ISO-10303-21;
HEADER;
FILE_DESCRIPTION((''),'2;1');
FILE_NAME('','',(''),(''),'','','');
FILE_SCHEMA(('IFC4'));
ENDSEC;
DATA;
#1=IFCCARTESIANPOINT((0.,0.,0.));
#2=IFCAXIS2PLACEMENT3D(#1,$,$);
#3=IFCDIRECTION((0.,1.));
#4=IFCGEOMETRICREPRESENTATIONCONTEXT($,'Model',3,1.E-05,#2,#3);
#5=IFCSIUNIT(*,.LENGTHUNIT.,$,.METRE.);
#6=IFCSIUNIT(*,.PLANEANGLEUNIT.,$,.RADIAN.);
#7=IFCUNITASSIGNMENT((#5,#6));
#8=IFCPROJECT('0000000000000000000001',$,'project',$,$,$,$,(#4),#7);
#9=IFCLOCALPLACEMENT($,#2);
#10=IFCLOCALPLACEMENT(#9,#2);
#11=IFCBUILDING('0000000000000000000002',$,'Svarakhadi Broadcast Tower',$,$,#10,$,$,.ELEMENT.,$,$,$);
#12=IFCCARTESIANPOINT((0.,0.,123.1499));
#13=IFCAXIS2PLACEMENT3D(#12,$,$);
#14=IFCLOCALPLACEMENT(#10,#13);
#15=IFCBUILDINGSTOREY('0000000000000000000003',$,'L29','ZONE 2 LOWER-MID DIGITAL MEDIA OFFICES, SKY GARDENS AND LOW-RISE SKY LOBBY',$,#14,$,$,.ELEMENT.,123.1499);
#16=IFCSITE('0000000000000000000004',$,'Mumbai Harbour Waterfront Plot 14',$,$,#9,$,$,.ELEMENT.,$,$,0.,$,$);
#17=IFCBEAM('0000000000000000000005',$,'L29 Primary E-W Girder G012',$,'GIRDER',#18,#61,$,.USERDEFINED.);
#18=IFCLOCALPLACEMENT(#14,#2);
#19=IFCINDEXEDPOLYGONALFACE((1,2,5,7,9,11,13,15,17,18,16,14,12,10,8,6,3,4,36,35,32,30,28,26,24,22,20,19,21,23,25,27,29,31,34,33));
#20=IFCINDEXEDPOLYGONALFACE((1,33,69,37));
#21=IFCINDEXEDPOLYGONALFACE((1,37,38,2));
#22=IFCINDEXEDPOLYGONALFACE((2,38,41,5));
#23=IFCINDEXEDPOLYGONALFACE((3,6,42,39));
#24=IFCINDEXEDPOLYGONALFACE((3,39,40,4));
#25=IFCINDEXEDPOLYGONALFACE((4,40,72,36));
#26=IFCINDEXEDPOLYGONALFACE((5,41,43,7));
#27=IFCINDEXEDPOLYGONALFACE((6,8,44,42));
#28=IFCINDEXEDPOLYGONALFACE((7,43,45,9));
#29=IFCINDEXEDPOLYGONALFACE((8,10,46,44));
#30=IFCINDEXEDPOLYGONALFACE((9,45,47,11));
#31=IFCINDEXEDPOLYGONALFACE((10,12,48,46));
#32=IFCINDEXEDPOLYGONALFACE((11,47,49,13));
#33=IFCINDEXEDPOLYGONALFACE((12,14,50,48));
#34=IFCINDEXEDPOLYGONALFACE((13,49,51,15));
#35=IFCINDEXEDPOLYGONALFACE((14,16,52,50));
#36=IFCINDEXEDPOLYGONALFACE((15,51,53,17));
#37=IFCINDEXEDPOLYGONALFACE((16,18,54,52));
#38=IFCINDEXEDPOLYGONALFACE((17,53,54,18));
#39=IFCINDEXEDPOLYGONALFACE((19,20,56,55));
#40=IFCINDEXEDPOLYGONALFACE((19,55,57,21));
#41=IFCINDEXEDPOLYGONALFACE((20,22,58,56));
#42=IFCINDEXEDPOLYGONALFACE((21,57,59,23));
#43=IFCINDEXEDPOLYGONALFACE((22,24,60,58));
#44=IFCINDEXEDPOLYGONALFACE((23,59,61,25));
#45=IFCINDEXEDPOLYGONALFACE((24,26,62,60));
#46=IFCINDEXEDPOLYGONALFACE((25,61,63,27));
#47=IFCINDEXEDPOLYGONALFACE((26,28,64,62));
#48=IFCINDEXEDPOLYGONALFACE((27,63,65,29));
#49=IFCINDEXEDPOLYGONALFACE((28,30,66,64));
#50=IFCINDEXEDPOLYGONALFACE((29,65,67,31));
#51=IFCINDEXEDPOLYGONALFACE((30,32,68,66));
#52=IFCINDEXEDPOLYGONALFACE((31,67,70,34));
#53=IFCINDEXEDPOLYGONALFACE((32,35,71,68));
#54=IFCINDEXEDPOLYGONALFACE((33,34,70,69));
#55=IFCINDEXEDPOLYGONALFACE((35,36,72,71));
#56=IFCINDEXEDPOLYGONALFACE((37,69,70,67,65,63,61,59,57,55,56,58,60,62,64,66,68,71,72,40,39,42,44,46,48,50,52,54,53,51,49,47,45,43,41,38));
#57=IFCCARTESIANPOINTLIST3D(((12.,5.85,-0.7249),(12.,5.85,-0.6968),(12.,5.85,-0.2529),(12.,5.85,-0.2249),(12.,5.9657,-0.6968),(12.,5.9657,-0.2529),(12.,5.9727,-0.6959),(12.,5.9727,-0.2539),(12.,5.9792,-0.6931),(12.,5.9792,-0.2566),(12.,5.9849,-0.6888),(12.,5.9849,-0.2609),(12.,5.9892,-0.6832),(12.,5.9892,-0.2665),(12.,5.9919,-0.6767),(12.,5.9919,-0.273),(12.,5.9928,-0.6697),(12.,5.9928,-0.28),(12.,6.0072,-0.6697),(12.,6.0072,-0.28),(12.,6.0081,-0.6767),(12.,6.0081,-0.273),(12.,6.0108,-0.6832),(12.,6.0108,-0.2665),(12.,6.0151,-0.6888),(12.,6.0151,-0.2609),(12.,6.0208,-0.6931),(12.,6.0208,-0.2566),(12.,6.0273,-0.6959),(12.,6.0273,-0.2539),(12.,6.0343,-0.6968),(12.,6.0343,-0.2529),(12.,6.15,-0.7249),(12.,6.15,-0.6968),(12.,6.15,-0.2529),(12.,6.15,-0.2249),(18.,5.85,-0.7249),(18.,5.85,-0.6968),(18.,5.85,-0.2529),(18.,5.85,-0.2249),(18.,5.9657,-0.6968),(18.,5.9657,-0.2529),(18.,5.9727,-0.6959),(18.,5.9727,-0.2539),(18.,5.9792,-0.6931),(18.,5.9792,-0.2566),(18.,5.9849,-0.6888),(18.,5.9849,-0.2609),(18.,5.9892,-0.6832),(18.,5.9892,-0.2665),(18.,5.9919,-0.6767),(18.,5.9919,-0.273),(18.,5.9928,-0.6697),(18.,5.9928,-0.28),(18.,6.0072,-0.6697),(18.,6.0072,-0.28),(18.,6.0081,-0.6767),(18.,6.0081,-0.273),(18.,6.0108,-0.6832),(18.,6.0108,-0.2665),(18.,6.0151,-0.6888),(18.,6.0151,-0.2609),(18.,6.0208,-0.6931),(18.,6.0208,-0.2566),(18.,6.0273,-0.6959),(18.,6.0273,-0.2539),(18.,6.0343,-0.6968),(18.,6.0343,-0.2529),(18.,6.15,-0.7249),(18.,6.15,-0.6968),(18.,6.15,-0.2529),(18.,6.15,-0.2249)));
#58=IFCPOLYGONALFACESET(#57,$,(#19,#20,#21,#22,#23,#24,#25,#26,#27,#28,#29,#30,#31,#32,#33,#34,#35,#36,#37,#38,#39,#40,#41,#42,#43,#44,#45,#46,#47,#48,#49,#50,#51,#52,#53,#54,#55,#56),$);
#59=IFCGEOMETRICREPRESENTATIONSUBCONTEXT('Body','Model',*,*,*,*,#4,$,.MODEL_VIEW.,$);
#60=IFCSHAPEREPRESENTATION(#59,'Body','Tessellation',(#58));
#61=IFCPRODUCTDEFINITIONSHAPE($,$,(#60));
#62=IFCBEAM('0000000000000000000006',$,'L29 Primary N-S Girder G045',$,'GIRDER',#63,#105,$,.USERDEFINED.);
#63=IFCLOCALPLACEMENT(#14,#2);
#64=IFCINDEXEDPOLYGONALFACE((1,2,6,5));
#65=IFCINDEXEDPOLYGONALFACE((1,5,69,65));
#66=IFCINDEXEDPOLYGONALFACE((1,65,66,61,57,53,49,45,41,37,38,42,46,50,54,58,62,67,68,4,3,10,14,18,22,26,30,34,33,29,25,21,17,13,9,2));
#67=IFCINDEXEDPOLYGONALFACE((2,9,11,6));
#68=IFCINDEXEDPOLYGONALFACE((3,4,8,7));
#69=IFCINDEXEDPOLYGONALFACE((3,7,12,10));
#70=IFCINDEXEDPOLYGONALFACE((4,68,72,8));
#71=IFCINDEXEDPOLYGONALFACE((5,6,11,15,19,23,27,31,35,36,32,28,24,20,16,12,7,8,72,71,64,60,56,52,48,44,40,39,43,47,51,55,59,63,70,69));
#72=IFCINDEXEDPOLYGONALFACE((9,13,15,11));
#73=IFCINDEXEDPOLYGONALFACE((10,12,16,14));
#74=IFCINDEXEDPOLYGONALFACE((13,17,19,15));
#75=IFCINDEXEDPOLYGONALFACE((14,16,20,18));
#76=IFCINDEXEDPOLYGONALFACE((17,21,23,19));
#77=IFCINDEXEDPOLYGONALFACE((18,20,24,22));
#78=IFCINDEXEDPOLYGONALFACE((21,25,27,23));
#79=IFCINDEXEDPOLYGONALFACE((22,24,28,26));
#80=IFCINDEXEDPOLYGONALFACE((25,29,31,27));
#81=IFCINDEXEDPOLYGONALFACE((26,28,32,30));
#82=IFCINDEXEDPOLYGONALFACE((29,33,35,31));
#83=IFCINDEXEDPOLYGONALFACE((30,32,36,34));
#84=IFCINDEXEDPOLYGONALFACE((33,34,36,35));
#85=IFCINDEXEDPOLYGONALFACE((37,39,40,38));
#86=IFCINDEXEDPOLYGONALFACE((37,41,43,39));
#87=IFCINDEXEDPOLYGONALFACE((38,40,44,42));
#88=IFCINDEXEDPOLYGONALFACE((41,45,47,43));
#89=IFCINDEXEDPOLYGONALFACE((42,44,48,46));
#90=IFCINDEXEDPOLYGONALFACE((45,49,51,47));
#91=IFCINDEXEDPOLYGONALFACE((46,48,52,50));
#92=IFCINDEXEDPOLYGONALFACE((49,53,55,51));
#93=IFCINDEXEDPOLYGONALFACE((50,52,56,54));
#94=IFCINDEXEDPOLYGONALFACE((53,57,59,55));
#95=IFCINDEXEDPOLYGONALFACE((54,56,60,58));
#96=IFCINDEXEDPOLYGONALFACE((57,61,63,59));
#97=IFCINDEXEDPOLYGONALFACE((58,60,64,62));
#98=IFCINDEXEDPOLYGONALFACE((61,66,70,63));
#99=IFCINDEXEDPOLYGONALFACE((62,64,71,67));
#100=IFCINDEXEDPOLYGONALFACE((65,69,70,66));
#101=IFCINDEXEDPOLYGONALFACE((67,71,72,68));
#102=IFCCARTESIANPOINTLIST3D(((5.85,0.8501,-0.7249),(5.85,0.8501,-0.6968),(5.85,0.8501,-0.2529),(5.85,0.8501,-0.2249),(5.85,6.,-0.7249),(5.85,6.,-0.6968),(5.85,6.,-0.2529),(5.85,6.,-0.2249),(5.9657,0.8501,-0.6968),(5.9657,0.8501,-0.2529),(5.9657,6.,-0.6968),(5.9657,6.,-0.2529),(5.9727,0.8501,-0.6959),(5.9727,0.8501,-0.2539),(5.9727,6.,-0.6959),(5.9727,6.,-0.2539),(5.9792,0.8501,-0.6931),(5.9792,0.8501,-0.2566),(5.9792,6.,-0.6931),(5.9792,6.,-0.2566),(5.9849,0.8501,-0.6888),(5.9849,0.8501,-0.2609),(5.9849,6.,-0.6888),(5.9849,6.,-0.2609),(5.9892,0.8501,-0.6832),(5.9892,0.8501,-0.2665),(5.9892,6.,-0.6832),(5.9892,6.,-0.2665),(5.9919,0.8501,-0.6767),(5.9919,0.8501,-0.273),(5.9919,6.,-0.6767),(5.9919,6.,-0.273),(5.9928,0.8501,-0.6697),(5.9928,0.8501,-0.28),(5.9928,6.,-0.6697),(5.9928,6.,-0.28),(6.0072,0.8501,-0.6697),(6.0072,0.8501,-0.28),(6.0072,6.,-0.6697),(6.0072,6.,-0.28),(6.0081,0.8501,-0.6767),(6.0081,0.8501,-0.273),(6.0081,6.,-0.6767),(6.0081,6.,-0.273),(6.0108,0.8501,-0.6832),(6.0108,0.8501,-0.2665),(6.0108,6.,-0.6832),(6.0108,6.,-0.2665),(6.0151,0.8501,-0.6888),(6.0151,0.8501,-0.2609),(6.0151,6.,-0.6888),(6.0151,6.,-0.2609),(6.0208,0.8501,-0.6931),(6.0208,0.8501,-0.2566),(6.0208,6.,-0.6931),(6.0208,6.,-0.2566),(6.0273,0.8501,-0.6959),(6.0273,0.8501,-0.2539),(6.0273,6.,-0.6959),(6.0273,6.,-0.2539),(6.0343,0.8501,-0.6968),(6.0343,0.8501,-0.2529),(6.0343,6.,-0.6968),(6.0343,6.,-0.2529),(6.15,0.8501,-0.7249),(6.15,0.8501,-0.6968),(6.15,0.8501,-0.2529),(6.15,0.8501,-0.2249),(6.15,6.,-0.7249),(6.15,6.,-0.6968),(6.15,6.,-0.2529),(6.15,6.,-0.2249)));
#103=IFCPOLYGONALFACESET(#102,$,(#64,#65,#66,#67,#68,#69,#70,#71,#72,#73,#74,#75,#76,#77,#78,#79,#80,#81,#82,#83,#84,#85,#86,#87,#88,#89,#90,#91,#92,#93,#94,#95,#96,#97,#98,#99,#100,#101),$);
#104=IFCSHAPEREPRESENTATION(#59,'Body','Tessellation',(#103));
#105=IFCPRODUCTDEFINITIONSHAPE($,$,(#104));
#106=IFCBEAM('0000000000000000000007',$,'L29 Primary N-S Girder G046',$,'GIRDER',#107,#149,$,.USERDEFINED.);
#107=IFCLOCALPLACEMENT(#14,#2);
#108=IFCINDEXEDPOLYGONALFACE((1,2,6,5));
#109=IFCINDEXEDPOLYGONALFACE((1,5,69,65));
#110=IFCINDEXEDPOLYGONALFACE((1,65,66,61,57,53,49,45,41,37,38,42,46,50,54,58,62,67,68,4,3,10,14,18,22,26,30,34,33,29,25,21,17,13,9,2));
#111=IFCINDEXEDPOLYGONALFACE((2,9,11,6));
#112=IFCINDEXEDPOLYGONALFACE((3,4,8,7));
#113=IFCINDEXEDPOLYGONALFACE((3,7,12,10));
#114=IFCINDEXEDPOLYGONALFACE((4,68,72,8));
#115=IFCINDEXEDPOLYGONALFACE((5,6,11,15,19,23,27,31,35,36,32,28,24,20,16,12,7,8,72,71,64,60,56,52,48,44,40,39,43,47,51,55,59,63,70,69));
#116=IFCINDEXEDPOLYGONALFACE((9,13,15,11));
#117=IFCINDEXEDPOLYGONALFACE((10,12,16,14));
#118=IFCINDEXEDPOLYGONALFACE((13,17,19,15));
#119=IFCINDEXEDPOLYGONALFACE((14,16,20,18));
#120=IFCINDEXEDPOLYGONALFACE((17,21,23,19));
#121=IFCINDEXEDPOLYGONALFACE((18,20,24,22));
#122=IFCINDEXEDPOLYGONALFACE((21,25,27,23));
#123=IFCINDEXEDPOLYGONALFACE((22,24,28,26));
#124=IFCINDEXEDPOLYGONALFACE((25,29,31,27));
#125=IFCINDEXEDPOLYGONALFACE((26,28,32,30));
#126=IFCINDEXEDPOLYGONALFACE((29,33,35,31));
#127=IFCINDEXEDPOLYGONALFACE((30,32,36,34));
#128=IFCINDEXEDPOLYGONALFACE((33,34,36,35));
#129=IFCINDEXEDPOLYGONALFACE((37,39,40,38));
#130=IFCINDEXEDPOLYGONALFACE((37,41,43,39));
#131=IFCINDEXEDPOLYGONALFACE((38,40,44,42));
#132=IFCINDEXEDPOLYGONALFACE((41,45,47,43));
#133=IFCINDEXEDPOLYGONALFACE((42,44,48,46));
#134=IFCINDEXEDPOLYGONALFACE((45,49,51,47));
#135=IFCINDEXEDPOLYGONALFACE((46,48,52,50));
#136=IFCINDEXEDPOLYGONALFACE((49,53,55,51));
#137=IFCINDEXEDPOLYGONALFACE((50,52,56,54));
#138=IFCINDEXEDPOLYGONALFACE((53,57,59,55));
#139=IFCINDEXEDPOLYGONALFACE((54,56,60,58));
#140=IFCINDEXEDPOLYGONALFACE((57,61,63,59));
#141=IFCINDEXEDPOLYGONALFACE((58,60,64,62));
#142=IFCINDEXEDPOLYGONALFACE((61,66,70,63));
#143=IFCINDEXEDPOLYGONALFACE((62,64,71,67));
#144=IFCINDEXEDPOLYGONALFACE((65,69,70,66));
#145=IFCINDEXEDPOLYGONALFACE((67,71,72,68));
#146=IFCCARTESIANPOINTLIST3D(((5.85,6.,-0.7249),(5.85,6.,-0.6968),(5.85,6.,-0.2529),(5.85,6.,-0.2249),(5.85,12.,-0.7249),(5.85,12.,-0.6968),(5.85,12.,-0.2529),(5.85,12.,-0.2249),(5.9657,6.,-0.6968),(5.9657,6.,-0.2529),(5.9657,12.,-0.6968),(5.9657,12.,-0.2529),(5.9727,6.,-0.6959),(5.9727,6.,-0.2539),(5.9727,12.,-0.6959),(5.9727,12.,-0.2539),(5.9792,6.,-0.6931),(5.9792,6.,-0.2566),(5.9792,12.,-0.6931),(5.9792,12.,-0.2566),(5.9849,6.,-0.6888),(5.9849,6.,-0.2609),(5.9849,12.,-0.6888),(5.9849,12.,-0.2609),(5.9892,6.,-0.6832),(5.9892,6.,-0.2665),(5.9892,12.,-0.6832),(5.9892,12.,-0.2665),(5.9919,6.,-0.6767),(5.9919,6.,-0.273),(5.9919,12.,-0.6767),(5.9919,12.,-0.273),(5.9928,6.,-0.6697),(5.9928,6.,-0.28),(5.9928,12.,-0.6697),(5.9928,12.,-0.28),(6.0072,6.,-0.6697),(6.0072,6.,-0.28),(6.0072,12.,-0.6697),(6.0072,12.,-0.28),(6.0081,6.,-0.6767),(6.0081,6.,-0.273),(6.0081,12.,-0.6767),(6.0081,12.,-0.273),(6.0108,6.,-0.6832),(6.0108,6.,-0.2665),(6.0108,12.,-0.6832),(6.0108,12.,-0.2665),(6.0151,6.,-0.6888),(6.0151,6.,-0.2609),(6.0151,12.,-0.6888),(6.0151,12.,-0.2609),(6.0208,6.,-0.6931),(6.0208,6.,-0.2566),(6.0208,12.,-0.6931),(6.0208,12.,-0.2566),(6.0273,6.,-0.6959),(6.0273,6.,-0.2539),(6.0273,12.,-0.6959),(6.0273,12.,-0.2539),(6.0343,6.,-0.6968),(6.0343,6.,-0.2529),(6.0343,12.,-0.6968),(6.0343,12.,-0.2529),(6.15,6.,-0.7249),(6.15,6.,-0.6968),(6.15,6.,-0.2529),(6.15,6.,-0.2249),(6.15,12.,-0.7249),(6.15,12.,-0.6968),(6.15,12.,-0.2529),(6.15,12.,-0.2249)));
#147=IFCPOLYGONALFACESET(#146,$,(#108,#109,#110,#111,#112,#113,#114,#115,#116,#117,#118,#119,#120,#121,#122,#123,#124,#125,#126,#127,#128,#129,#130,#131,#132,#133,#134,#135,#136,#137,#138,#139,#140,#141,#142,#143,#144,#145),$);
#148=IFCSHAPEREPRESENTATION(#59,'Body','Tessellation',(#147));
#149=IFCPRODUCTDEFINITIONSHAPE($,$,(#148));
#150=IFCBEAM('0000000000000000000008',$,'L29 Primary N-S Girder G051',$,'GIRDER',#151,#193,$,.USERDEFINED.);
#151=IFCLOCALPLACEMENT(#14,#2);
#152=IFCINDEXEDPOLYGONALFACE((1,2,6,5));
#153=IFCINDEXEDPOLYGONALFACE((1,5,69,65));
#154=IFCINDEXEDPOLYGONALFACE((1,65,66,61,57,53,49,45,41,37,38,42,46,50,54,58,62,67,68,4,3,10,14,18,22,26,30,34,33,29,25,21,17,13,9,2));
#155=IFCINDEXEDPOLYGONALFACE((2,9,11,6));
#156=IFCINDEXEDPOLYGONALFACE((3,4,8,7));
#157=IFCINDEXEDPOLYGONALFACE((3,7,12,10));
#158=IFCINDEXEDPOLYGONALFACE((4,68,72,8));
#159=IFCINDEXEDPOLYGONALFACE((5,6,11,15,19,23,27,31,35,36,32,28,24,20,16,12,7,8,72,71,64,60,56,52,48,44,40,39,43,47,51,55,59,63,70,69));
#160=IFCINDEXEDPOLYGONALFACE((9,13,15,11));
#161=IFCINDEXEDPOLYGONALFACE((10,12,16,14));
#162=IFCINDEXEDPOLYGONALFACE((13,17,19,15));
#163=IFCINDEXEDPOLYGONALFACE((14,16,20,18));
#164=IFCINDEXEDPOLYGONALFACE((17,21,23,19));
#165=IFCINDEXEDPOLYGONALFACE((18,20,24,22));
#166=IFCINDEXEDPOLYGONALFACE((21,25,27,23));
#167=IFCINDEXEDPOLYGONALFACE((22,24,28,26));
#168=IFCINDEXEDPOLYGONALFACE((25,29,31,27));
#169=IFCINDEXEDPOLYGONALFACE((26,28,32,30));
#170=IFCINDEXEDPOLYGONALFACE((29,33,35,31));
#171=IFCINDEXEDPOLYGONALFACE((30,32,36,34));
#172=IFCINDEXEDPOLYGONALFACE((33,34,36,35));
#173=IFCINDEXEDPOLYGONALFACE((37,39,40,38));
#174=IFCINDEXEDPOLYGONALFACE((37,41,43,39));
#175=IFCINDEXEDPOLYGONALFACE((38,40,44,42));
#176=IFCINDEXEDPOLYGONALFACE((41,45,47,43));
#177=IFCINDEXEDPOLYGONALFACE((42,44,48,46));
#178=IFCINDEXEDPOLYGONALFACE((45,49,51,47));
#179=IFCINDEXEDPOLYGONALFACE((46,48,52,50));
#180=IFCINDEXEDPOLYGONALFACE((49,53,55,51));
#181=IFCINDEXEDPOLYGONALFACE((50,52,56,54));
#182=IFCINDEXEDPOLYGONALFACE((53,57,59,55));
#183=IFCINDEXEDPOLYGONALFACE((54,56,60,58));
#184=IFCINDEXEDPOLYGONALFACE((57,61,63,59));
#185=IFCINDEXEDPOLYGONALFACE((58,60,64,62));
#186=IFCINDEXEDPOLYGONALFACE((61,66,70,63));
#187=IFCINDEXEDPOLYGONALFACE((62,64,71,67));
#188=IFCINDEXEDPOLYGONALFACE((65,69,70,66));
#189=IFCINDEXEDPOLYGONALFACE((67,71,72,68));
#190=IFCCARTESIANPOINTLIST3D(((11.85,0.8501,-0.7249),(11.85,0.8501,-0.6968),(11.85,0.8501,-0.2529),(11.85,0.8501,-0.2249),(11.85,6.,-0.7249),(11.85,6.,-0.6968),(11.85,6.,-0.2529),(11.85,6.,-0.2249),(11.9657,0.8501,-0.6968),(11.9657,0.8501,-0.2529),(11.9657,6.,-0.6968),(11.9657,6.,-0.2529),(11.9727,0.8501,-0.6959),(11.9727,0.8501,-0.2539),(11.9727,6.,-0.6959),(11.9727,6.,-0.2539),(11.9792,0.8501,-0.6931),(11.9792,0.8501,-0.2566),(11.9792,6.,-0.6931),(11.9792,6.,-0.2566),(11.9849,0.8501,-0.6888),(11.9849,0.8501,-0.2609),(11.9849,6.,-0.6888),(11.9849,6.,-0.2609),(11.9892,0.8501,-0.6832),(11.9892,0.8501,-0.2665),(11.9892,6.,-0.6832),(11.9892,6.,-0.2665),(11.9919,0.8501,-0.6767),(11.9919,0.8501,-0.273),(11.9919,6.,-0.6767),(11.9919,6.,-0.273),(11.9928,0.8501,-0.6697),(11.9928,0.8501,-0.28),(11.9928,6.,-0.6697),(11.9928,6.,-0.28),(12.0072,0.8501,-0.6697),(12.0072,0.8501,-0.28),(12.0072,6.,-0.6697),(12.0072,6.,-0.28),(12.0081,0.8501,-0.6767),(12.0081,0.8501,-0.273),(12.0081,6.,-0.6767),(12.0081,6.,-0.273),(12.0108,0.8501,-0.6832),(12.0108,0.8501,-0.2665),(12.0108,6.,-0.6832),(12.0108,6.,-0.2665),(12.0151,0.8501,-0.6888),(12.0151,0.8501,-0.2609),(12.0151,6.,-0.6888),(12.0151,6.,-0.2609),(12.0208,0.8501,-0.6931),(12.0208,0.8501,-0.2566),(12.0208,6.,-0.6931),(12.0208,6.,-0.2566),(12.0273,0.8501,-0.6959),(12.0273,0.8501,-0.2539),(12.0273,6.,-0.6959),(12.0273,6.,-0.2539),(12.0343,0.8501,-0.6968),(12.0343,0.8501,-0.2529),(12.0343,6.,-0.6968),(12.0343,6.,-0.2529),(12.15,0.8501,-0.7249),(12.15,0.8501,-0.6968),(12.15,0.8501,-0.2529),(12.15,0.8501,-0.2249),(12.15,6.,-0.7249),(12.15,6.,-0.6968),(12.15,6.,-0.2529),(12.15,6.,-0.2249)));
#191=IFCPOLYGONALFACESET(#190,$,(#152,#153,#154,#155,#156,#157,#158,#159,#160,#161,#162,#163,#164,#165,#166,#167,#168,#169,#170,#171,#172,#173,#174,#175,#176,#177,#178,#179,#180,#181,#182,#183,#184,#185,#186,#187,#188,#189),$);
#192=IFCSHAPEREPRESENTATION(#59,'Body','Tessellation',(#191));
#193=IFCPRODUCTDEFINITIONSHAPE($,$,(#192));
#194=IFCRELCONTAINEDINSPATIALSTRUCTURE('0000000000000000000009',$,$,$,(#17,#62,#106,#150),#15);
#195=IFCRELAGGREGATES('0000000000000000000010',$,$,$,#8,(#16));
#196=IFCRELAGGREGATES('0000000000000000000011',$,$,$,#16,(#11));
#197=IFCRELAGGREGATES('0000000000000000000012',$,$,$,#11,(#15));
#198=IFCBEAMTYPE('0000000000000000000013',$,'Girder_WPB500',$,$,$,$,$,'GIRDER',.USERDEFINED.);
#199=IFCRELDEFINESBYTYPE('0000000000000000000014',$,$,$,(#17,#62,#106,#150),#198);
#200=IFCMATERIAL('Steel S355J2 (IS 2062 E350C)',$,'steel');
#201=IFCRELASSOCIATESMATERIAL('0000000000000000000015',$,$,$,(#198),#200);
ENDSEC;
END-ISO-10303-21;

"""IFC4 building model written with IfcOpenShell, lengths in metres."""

from ifc_helpers import new_model, si_unit, direction, frame, origin, origin_2d, place, context, subcontext, project, spatial, i_section, extrude, material, material_profile, profile_set, type_object, element, save


model = new_model("IFC4")

# Units and contexts
model_context = context("Model", 3, precision=1e-05, world=origin(), true_north=direction((0.0, 1.0)))
body_context = subcontext(model_context, "Body", "Model", "MODEL_VIEW")
ifc_project = project(units=[si_unit("LENGTHUNIT", "METRE"), si_unit("PLANEANGLEUNIT", "RADIAN")], contexts=[model_context])

# Site, building, storey
site_placement = place(None, origin())
site = spatial("IfcSite", under=ifc_project, at=site_placement, Name="Mumbai Harbour Waterfront Plot 14", CompositionType="ELEMENT", RefElevation=0.0)
building_placement = place(site_placement, origin())
building = spatial("IfcBuilding", under=site, at=building_placement, Name="Svarakhadi Broadcast Tower", CompositionType="ELEMENT")
storey_placement = place(building_placement, frame((0.0, 0.0, 123.1499)))
storey = spatial("IfcBuildingStorey", under=building, at=storey_placement, Name="L29", Description="ZONE 2 LOWER-MID DIGITAL MEDIA OFFICES, SKY GARDENS AND LOW-RISE SKY LOBBY", CompositionType="ELEMENT", Elevation=123.1499)

# Shared definitions
ifc_material_1 = material(Name="Steel S355J2 (IS 2062 E350C)", Category="steel")

# Beams
ifc_material_profile_1 = material_profile(ifc_material_1, i_section(OverallWidth=0.3, OverallDepth=0.5, WebThickness=0.0144, FlangeThickness=0.0281, FilletRadius=0.0271, at=origin_2d()), Name="WPB 500x300x187")
ifc_profile_set_1 = profile_set([ifc_material_profile_1], Name="Steel S355J2 (IS 2062 E350C)")
beam_type_1 = type_object("IfcBeamType", Name="Girder_WPB500", ElementType="GIRDER", PredefinedType="USERDEFINED", material=ifc_profile_set_1)
for number, where, z_axis, x_axis, name in (
    (1, (12.0, 6.0, -0.4749), (1.0, 0.0, 0.0), (0.0, 1.0, 0.0), "L29 Primary E-W Girder G012"),
):
    element("IfcBeam", number, at=place(storey_placement, frame(where, z_axis=z_axis, x_axis=x_axis)), inside=storey, type_object=beam_type_1, Name=name, ObjectType="GIRDER", PredefinedType="USERDEFINED", context=body_context, shape_type="SweptSolid", body=[
        extrude(i_section(OverallWidth=0.3, OverallDepth=0.5, WebThickness=0.0144, FlangeThickness=0.0281, FilletRadius=0.0271, at=origin_2d()), origin(), (0.0, 0.0, 1.0), 6.0),
    ])
beam_1_placement = place(storey_placement, frame((6.0, 0.8501, -0.4749), z_axis=(0.0, 1.0, 0.0), x_axis=(-1.0, 0.0, 0.0)))
element("IfcBeam", 2, at=beam_1_placement, inside=storey, type_object=beam_type_1, Name="L29 Primary N-S Girder G045", ObjectType="GIRDER", PredefinedType="USERDEFINED", context=body_context, shape_type="SweptSolid", body=[
    extrude(i_section(OverallWidth=0.3, OverallDepth=0.5, WebThickness=0.0144, FlangeThickness=0.0281, FilletRadius=0.0271, at=origin_2d()), origin(), (0.0, 0.0, 1.0), 5.1499),
])
beam_2_placement = place(storey_placement, frame((6.0, 6.0, -0.4749), z_axis=(0.0, 1.0, 0.0), x_axis=(-1.0, 0.0, 0.0)))
element("IfcBeam", 3, at=beam_2_placement, inside=storey, type_object=beam_type_1, Name="L29 Primary N-S Girder G046", ObjectType="GIRDER", PredefinedType="USERDEFINED", context=body_context, shape_type="SweptSolid", body=[
    extrude(i_section(OverallWidth=0.3, OverallDepth=0.5, WebThickness=0.0144, FlangeThickness=0.0281, FilletRadius=0.0271, at=origin_2d()), origin(), (0.0, 0.0, 1.0), 6.0),
])
beam_3_placement = place(storey_placement, frame((12.0, 0.8501, -0.4749), z_axis=(0.0, 1.0, 0.0), x_axis=(-1.0, 0.0, 0.0)))
element("IfcBeam", 4, at=beam_3_placement, inside=storey, type_object=beam_type_1, Name="L29 Primary N-S Girder G051", ObjectType="GIRDER", PredefinedType="USERDEFINED", context=body_context, shape_type="SweptSolid", body=[
    extrude(i_section(OverallWidth=0.3, OverallDepth=0.5, WebThickness=0.0144, FlangeThickness=0.0281, FilletRadius=0.0271, at=origin_2d()), origin(), (0.0, 0.0, 1.0), 5.1499),
])

save(model, "model.ifc")
